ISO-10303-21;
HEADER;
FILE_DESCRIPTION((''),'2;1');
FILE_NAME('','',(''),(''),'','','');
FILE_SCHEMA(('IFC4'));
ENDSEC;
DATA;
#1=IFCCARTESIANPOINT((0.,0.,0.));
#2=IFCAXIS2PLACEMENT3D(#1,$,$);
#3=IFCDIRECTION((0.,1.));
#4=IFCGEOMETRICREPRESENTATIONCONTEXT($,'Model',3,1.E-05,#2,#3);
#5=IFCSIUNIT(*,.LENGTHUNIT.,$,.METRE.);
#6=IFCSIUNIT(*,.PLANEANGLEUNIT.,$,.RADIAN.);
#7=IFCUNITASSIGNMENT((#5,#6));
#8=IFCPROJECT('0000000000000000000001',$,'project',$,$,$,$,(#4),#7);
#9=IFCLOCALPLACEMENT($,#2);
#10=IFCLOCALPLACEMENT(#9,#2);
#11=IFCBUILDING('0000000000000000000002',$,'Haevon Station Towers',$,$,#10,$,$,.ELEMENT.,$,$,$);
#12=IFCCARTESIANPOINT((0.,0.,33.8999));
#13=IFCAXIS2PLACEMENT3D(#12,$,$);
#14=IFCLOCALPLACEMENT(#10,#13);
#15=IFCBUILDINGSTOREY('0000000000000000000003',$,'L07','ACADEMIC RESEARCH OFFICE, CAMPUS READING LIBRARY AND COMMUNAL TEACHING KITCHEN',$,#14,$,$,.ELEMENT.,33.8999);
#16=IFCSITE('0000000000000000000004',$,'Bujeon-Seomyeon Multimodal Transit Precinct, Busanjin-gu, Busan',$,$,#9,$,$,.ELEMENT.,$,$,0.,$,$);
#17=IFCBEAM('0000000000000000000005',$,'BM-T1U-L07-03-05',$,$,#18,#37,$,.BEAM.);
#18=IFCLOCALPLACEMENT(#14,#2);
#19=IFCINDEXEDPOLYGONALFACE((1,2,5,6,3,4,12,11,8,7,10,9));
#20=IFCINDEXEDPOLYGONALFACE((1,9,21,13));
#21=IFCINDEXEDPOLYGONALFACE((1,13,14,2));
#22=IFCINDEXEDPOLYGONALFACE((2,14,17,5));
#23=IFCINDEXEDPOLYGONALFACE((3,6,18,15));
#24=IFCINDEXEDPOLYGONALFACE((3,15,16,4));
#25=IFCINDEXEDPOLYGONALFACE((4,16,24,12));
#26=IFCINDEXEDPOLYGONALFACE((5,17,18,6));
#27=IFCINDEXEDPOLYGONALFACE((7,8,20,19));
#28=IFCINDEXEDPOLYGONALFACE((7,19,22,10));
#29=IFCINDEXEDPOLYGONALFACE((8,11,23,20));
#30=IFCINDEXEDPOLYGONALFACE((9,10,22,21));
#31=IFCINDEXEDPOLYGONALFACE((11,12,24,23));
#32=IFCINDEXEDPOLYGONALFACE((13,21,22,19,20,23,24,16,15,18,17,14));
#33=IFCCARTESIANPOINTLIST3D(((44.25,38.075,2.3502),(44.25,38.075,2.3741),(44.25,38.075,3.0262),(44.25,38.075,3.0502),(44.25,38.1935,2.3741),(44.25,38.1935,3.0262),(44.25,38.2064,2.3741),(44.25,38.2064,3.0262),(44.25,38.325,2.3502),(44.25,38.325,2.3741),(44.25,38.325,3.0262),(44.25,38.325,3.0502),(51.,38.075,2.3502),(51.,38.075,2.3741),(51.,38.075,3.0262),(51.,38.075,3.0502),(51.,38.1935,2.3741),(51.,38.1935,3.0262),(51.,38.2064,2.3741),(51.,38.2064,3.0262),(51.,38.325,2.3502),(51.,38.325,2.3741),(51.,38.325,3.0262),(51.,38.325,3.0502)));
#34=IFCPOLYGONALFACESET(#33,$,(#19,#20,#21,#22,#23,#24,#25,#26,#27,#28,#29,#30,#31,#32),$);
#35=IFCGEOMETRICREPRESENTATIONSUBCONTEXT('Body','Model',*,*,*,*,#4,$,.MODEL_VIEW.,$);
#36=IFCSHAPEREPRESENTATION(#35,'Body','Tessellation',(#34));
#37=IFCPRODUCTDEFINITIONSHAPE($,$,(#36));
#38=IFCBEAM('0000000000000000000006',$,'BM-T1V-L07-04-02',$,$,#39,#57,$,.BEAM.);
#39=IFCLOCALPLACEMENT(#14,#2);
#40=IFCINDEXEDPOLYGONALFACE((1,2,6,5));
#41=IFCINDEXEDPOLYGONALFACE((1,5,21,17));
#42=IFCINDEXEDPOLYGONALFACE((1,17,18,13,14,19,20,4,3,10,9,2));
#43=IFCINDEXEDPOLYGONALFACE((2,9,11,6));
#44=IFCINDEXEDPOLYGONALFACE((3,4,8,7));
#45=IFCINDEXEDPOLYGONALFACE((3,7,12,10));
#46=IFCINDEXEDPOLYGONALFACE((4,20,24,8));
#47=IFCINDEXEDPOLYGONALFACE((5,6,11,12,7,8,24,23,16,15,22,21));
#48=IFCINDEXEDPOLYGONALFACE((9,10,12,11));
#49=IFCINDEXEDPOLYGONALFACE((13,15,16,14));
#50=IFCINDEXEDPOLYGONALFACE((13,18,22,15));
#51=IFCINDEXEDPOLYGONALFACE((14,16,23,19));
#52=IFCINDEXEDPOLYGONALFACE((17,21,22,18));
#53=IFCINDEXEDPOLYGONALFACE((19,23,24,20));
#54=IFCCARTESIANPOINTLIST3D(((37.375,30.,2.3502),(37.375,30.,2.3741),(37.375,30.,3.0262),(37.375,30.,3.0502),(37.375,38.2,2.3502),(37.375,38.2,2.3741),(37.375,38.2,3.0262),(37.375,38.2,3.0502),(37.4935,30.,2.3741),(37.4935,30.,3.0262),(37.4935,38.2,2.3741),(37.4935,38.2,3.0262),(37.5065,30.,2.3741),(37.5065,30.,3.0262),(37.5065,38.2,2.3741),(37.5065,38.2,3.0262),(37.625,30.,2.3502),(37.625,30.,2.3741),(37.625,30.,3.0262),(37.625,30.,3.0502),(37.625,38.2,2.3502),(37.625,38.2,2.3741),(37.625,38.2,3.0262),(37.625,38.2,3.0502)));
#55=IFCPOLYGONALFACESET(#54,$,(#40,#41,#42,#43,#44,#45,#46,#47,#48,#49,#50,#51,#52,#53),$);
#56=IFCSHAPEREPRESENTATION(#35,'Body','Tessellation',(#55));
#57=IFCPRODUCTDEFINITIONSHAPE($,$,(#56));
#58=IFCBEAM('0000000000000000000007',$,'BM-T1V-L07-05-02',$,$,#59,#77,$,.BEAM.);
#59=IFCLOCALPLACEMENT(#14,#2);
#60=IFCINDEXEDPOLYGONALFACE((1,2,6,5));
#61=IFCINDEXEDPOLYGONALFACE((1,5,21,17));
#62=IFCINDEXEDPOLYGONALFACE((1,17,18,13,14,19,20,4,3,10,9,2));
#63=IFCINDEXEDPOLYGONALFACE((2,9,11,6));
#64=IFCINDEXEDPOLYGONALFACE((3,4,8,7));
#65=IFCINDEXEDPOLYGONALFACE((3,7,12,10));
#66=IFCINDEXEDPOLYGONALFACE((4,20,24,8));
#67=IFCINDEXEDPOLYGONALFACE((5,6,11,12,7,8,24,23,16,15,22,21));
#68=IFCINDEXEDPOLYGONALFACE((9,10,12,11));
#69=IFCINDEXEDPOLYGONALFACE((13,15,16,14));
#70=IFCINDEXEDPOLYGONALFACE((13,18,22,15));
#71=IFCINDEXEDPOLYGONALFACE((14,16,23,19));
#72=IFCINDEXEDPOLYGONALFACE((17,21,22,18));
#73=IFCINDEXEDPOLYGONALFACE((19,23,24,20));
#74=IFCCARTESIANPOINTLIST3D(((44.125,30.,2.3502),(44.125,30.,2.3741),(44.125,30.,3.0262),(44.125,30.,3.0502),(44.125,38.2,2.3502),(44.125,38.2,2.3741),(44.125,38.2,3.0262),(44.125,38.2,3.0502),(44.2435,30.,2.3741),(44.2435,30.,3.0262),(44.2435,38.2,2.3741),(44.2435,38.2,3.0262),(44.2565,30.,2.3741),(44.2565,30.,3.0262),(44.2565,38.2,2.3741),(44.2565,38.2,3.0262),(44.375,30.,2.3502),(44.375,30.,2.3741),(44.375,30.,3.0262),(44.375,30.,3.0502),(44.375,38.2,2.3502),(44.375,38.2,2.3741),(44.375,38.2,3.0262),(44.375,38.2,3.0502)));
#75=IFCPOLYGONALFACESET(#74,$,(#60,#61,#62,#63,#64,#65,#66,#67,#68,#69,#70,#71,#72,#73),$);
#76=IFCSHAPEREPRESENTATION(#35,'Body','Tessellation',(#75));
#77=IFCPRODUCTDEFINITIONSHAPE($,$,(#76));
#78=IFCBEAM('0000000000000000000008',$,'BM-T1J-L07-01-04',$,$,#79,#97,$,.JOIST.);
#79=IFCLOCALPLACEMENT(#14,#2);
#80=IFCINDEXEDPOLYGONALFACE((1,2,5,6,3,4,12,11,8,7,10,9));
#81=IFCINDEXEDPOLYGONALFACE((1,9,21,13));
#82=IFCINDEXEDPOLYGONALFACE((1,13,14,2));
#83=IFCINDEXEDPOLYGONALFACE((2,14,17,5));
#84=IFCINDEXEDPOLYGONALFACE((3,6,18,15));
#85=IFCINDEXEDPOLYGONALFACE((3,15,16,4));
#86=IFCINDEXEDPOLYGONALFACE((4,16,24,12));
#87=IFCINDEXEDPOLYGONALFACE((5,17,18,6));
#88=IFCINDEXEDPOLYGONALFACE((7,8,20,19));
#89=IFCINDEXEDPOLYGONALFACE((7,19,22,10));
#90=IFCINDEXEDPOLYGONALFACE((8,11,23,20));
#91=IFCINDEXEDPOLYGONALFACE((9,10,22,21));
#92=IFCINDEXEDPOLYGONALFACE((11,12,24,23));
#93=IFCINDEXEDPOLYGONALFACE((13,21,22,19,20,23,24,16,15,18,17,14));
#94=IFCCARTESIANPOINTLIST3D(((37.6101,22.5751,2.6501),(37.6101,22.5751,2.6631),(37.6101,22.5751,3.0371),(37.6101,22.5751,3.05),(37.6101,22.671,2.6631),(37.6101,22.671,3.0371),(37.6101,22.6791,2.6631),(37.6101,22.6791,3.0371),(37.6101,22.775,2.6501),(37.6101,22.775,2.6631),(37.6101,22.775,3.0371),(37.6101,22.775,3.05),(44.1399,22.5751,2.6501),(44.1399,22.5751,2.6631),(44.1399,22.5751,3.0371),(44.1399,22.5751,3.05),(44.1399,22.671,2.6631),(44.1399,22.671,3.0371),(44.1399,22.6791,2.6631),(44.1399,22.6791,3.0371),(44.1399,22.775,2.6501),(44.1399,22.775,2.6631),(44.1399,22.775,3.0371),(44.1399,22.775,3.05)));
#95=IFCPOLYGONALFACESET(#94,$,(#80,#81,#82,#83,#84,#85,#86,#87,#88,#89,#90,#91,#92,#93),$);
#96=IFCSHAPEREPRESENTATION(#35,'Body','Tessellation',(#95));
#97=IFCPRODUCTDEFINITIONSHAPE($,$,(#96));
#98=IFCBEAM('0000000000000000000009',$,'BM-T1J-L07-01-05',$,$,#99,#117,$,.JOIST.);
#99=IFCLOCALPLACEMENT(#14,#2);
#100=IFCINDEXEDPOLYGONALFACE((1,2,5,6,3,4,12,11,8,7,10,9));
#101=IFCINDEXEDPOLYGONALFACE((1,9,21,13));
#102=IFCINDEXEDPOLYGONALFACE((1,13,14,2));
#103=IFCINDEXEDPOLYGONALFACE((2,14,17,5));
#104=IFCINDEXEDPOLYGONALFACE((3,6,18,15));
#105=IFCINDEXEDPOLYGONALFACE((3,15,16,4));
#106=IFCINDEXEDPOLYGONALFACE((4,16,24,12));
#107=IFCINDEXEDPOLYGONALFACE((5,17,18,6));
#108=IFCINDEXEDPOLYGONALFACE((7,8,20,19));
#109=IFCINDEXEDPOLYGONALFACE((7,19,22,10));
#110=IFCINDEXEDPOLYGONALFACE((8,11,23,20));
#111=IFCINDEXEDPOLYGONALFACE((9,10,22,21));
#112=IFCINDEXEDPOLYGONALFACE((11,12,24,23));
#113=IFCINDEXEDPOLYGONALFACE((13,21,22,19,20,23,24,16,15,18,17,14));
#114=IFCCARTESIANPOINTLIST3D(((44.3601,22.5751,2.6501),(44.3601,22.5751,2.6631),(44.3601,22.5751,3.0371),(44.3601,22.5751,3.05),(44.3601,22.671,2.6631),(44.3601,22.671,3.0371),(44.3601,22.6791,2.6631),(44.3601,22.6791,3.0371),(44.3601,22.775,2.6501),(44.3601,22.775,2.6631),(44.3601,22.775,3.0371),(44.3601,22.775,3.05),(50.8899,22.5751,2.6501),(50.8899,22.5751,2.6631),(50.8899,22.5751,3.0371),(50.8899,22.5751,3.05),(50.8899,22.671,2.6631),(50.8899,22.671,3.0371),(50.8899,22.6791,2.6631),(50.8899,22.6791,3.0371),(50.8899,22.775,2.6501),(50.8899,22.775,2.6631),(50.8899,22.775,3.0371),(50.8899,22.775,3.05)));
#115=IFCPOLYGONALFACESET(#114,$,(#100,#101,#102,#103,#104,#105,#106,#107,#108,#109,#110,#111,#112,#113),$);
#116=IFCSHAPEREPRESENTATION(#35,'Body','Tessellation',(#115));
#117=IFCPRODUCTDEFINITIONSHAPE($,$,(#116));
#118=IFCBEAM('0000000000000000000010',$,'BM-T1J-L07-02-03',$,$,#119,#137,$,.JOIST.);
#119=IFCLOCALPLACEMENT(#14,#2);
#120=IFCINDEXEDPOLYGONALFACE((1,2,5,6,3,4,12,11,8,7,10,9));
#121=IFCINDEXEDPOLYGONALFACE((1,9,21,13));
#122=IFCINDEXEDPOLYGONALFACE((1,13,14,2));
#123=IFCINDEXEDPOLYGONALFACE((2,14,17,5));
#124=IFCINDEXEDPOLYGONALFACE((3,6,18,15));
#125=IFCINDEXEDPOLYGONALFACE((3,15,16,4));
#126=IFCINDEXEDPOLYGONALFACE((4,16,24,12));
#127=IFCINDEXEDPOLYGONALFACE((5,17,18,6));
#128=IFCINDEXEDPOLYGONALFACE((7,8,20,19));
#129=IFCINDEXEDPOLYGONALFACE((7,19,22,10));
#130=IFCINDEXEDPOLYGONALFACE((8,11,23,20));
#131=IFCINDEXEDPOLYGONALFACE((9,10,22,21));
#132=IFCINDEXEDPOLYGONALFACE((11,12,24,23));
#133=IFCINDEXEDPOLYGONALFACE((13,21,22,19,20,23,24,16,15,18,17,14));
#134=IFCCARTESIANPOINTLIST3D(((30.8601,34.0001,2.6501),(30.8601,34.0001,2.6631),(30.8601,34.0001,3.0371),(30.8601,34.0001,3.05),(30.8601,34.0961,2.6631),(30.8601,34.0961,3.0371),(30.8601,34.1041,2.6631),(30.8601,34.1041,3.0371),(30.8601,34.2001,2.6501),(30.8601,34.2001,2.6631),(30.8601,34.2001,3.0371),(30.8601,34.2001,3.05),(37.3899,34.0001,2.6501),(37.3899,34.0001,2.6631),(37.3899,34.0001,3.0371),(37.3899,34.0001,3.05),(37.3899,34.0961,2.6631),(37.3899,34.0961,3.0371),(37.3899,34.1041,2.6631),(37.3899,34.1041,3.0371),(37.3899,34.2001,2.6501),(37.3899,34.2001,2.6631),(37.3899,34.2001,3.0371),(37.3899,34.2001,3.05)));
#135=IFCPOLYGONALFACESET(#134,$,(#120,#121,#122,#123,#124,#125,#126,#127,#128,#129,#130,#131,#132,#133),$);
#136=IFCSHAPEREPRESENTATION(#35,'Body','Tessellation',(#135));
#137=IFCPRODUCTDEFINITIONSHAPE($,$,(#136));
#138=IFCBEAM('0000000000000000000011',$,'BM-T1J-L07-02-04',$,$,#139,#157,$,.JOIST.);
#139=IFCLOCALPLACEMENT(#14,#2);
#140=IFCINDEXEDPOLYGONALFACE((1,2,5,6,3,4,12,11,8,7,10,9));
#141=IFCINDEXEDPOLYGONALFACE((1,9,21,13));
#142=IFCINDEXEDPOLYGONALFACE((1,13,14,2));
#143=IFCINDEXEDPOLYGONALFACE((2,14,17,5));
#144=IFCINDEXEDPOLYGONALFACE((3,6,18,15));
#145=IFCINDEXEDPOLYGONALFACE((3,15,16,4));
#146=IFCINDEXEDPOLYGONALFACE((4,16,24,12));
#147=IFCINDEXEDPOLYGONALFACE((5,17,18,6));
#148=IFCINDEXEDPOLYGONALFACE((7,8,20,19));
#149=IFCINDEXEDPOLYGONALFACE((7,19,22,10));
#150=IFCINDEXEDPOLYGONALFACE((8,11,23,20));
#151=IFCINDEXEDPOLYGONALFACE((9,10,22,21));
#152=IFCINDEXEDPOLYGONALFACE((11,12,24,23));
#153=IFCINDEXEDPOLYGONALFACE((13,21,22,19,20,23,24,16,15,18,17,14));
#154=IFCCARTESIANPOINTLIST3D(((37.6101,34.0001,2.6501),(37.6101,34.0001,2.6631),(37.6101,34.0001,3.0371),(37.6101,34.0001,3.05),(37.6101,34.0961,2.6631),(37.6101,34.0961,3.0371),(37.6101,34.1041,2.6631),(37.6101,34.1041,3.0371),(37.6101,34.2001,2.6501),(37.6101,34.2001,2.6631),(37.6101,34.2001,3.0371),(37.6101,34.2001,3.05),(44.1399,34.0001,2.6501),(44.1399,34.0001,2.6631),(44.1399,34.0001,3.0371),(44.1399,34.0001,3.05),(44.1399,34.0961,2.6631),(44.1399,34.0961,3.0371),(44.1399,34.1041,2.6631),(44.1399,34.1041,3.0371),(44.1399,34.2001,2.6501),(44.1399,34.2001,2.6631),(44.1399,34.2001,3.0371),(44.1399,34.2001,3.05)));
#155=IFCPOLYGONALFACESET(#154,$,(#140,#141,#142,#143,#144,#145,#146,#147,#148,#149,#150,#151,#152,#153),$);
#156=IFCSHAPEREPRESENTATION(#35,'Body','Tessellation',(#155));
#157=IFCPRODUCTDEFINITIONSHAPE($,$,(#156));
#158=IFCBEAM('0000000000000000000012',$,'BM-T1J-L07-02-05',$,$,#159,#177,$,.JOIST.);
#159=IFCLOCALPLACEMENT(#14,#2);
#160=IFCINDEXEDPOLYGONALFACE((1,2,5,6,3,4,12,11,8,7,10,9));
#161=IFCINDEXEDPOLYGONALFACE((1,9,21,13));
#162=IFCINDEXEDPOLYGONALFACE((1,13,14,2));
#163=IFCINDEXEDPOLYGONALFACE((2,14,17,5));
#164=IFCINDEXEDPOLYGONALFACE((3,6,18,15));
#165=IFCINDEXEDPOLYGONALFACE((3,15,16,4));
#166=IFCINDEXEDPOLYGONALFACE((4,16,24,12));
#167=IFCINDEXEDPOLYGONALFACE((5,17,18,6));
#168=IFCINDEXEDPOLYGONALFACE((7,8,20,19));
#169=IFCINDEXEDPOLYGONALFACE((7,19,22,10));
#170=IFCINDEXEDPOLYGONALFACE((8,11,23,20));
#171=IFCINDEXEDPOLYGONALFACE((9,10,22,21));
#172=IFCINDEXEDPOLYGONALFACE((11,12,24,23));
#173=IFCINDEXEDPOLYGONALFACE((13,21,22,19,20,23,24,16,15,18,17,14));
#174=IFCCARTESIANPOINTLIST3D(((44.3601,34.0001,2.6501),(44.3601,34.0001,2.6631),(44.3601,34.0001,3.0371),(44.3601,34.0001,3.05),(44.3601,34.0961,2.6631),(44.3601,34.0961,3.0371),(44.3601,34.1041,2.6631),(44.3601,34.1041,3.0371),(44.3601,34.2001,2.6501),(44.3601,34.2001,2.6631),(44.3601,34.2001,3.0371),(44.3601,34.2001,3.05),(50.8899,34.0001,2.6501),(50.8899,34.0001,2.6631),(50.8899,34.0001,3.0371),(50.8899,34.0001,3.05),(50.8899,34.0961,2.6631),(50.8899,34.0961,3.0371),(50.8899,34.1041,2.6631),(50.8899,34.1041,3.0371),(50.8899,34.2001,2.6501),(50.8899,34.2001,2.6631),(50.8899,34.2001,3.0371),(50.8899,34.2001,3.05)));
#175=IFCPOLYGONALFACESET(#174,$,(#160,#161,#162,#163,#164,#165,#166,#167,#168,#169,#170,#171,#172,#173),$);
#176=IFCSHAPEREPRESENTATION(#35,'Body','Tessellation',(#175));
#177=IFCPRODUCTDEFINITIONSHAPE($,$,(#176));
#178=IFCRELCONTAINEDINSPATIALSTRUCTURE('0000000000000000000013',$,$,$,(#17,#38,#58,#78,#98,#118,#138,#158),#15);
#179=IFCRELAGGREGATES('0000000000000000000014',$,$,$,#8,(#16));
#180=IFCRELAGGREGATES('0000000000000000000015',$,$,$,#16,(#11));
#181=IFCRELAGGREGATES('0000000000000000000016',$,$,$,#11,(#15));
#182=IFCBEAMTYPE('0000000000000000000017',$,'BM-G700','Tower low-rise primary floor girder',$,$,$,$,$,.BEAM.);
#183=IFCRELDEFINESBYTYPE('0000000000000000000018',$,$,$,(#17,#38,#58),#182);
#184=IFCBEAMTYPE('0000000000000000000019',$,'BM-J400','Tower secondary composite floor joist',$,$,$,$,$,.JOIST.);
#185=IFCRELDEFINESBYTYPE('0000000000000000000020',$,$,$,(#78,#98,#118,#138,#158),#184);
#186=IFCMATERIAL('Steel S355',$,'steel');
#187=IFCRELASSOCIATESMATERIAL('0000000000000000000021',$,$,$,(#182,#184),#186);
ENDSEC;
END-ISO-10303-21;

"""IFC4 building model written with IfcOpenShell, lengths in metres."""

from ifc_helpers import new_model, si_unit, direction, frame, origin, origin_2d, place, context, subcontext, project, spatial, i_section, extrude, material, material_profile, profile_set, type_object, element, save


model = new_model("IFC4")

# Units and contexts
model_context = context("Model", 3, precision=1e-05, world=origin(), true_north=direction((0.0, 1.0)))
body_context = subcontext(model_context, "Body", "Model", "MODEL_VIEW")
ifc_project = project(units=[si_unit("LENGTHUNIT", "METRE"), si_unit("PLANEANGLEUNIT", "RADIAN")], contexts=[model_context])

# Site, building, storey
site_placement = place(None, origin())
site = spatial("IfcSite", under=ifc_project, at=site_placement, Name="Bujeon-Seomyeon Multimodal Transit Precinct, Busanjin-gu, Busan", CompositionType="ELEMENT", RefElevation=0.0)
building_placement = place(site_placement, origin())
building = spatial("IfcBuilding", under=site, at=building_placement, Name="Haevon Station Towers", CompositionType="ELEMENT")
storey_placement = place(building_placement, frame((0.0, 0.0, 33.8999)))
storey = spatial("IfcBuildingStorey", under=building, at=storey_placement, Name="L07", Description="ACADEMIC RESEARCH OFFICE, CAMPUS READING LIBRARY AND COMMUNAL TEACHING KITCHEN", CompositionType="ELEMENT", Elevation=33.8999)

# Beams
ifc_material_1 = material(Name="Steel S355", Category="steel")
ifc_material_profile_1 = material_profile(ifc_material_1, i_section(OverallWidth=0.25, OverallDepth=0.7, WebThickness=0.0129, FlangeThickness=0.0239, at=origin_2d()), Name="H-700x250x13x24")
ifc_profile_set_1 = profile_set([ifc_material_profile_1], Name="Steel S355")
beam_type_1 = type_object("IfcBeamType", Name="BM-G700", Description="Tower low-rise primary floor girder", PredefinedType="BEAM", material=ifc_profile_set_1)
for number, where, z_axis, x_axis, name in (
    (1, (44.25, 38.2, 2.7002), (1.0, 0.0, 0.0), (0.0, 1.0, 0.0), "BM-T1U-L07-03-05"),
):
    element("IfcBeam", number, at=place(storey_placement, frame(where, z_axis=z_axis, x_axis=x_axis)), inside=storey, type_object=beam_type_1, Name=name, PredefinedType="BEAM", context=body_context, shape_type="SweptSolid", body=[
        extrude(i_section(OverallWidth=0.25, OverallDepth=0.7, WebThickness=0.0129, FlangeThickness=0.0239, at=origin_2d()), origin(), (0.0, 0.0, 1.0), 6.75),
    ])
for number, where, z_axis, x_axis, name in (
    (2, (37.5, 30.0, 2.7002), (0.0, 1.0, 0.0), (-1.0, 0.0, 0.0), "BM-T1V-L07-04-02"),
    (3, (44.25, 30.0, 2.7002), (0.0, 1.0, 0.0), (-1.0, 0.0, 0.0), "BM-T1V-L07-05-02"),
):
    element("IfcBeam", number, at=place(storey_placement, frame(where, z_axis=z_axis, x_axis=x_axis)), inside=storey, type_object=beam_type_1, Name=name, PredefinedType="BEAM", context=body_context, shape_type="SweptSolid", body=[
        extrude(i_section(OverallWidth=0.25, OverallDepth=0.7, WebThickness=0.0129, FlangeThickness=0.0239, at=origin_2d()), origin(), (0.0, 0.0, 1.0), 8.2),
    ])
ifc_material_profile_2 = material_profile(ifc_material_1, i_section(OverallWidth=0.2, OverallDepth=0.3999, WebThickness=0.0081, FlangeThickness=0.0129, at=origin_2d()), Name="H-400x200x8x13")
ifc_profile_set_2 = profile_set([ifc_material_profile_2], Name="Steel S355")
beam_type_2 = type_object("IfcBeamType", Name="BM-J400", Description="Tower secondary composite floor joist", PredefinedType="JOIST", material=ifc_profile_set_2)
for number, where, z_axis, x_axis, name in (
    (4, (37.6101, 22.675, 2.8501), (1.0, 0.0, 0.0), (0.0, 1.0, 0.0), "BM-T1J-L07-01-04"),
    (5, (44.3601, 22.675, 2.8501), (1.0, 0.0, 0.0), (0.0, 1.0, 0.0), "BM-T1J-L07-01-05"),
    (6, (30.8601, 34.1001, 2.8501), (1.0, 0.0, 0.0), (0.0, 1.0, 0.0), "BM-T1J-L07-02-03"),
    (7, (37.6101, 34.1001, 2.8501), (1.0, 0.0, 0.0), (0.0, 1.0, 0.0), "BM-T1J-L07-02-04"),
    (8, (44.3601, 34.1001, 2.8501), (1.0, 0.0, 0.0), (0.0, 1.0, 0.0), "BM-T1J-L07-02-05"),
):
    element("IfcBeam", number, at=place(storey_placement, frame(where, z_axis=z_axis, x_axis=x_axis)), inside=storey, type_object=beam_type_2, Name=name, PredefinedType="JOIST", context=body_context, shape_type="SweptSolid", body=[
        extrude(i_section(OverallWidth=0.2, OverallDepth=0.3999, WebThickness=0.0081, FlangeThickness=0.0129, at=origin_2d()), origin(), (0.0, 0.0, 1.0), 6.5298),
    ])

save(model, "model.ifc")
